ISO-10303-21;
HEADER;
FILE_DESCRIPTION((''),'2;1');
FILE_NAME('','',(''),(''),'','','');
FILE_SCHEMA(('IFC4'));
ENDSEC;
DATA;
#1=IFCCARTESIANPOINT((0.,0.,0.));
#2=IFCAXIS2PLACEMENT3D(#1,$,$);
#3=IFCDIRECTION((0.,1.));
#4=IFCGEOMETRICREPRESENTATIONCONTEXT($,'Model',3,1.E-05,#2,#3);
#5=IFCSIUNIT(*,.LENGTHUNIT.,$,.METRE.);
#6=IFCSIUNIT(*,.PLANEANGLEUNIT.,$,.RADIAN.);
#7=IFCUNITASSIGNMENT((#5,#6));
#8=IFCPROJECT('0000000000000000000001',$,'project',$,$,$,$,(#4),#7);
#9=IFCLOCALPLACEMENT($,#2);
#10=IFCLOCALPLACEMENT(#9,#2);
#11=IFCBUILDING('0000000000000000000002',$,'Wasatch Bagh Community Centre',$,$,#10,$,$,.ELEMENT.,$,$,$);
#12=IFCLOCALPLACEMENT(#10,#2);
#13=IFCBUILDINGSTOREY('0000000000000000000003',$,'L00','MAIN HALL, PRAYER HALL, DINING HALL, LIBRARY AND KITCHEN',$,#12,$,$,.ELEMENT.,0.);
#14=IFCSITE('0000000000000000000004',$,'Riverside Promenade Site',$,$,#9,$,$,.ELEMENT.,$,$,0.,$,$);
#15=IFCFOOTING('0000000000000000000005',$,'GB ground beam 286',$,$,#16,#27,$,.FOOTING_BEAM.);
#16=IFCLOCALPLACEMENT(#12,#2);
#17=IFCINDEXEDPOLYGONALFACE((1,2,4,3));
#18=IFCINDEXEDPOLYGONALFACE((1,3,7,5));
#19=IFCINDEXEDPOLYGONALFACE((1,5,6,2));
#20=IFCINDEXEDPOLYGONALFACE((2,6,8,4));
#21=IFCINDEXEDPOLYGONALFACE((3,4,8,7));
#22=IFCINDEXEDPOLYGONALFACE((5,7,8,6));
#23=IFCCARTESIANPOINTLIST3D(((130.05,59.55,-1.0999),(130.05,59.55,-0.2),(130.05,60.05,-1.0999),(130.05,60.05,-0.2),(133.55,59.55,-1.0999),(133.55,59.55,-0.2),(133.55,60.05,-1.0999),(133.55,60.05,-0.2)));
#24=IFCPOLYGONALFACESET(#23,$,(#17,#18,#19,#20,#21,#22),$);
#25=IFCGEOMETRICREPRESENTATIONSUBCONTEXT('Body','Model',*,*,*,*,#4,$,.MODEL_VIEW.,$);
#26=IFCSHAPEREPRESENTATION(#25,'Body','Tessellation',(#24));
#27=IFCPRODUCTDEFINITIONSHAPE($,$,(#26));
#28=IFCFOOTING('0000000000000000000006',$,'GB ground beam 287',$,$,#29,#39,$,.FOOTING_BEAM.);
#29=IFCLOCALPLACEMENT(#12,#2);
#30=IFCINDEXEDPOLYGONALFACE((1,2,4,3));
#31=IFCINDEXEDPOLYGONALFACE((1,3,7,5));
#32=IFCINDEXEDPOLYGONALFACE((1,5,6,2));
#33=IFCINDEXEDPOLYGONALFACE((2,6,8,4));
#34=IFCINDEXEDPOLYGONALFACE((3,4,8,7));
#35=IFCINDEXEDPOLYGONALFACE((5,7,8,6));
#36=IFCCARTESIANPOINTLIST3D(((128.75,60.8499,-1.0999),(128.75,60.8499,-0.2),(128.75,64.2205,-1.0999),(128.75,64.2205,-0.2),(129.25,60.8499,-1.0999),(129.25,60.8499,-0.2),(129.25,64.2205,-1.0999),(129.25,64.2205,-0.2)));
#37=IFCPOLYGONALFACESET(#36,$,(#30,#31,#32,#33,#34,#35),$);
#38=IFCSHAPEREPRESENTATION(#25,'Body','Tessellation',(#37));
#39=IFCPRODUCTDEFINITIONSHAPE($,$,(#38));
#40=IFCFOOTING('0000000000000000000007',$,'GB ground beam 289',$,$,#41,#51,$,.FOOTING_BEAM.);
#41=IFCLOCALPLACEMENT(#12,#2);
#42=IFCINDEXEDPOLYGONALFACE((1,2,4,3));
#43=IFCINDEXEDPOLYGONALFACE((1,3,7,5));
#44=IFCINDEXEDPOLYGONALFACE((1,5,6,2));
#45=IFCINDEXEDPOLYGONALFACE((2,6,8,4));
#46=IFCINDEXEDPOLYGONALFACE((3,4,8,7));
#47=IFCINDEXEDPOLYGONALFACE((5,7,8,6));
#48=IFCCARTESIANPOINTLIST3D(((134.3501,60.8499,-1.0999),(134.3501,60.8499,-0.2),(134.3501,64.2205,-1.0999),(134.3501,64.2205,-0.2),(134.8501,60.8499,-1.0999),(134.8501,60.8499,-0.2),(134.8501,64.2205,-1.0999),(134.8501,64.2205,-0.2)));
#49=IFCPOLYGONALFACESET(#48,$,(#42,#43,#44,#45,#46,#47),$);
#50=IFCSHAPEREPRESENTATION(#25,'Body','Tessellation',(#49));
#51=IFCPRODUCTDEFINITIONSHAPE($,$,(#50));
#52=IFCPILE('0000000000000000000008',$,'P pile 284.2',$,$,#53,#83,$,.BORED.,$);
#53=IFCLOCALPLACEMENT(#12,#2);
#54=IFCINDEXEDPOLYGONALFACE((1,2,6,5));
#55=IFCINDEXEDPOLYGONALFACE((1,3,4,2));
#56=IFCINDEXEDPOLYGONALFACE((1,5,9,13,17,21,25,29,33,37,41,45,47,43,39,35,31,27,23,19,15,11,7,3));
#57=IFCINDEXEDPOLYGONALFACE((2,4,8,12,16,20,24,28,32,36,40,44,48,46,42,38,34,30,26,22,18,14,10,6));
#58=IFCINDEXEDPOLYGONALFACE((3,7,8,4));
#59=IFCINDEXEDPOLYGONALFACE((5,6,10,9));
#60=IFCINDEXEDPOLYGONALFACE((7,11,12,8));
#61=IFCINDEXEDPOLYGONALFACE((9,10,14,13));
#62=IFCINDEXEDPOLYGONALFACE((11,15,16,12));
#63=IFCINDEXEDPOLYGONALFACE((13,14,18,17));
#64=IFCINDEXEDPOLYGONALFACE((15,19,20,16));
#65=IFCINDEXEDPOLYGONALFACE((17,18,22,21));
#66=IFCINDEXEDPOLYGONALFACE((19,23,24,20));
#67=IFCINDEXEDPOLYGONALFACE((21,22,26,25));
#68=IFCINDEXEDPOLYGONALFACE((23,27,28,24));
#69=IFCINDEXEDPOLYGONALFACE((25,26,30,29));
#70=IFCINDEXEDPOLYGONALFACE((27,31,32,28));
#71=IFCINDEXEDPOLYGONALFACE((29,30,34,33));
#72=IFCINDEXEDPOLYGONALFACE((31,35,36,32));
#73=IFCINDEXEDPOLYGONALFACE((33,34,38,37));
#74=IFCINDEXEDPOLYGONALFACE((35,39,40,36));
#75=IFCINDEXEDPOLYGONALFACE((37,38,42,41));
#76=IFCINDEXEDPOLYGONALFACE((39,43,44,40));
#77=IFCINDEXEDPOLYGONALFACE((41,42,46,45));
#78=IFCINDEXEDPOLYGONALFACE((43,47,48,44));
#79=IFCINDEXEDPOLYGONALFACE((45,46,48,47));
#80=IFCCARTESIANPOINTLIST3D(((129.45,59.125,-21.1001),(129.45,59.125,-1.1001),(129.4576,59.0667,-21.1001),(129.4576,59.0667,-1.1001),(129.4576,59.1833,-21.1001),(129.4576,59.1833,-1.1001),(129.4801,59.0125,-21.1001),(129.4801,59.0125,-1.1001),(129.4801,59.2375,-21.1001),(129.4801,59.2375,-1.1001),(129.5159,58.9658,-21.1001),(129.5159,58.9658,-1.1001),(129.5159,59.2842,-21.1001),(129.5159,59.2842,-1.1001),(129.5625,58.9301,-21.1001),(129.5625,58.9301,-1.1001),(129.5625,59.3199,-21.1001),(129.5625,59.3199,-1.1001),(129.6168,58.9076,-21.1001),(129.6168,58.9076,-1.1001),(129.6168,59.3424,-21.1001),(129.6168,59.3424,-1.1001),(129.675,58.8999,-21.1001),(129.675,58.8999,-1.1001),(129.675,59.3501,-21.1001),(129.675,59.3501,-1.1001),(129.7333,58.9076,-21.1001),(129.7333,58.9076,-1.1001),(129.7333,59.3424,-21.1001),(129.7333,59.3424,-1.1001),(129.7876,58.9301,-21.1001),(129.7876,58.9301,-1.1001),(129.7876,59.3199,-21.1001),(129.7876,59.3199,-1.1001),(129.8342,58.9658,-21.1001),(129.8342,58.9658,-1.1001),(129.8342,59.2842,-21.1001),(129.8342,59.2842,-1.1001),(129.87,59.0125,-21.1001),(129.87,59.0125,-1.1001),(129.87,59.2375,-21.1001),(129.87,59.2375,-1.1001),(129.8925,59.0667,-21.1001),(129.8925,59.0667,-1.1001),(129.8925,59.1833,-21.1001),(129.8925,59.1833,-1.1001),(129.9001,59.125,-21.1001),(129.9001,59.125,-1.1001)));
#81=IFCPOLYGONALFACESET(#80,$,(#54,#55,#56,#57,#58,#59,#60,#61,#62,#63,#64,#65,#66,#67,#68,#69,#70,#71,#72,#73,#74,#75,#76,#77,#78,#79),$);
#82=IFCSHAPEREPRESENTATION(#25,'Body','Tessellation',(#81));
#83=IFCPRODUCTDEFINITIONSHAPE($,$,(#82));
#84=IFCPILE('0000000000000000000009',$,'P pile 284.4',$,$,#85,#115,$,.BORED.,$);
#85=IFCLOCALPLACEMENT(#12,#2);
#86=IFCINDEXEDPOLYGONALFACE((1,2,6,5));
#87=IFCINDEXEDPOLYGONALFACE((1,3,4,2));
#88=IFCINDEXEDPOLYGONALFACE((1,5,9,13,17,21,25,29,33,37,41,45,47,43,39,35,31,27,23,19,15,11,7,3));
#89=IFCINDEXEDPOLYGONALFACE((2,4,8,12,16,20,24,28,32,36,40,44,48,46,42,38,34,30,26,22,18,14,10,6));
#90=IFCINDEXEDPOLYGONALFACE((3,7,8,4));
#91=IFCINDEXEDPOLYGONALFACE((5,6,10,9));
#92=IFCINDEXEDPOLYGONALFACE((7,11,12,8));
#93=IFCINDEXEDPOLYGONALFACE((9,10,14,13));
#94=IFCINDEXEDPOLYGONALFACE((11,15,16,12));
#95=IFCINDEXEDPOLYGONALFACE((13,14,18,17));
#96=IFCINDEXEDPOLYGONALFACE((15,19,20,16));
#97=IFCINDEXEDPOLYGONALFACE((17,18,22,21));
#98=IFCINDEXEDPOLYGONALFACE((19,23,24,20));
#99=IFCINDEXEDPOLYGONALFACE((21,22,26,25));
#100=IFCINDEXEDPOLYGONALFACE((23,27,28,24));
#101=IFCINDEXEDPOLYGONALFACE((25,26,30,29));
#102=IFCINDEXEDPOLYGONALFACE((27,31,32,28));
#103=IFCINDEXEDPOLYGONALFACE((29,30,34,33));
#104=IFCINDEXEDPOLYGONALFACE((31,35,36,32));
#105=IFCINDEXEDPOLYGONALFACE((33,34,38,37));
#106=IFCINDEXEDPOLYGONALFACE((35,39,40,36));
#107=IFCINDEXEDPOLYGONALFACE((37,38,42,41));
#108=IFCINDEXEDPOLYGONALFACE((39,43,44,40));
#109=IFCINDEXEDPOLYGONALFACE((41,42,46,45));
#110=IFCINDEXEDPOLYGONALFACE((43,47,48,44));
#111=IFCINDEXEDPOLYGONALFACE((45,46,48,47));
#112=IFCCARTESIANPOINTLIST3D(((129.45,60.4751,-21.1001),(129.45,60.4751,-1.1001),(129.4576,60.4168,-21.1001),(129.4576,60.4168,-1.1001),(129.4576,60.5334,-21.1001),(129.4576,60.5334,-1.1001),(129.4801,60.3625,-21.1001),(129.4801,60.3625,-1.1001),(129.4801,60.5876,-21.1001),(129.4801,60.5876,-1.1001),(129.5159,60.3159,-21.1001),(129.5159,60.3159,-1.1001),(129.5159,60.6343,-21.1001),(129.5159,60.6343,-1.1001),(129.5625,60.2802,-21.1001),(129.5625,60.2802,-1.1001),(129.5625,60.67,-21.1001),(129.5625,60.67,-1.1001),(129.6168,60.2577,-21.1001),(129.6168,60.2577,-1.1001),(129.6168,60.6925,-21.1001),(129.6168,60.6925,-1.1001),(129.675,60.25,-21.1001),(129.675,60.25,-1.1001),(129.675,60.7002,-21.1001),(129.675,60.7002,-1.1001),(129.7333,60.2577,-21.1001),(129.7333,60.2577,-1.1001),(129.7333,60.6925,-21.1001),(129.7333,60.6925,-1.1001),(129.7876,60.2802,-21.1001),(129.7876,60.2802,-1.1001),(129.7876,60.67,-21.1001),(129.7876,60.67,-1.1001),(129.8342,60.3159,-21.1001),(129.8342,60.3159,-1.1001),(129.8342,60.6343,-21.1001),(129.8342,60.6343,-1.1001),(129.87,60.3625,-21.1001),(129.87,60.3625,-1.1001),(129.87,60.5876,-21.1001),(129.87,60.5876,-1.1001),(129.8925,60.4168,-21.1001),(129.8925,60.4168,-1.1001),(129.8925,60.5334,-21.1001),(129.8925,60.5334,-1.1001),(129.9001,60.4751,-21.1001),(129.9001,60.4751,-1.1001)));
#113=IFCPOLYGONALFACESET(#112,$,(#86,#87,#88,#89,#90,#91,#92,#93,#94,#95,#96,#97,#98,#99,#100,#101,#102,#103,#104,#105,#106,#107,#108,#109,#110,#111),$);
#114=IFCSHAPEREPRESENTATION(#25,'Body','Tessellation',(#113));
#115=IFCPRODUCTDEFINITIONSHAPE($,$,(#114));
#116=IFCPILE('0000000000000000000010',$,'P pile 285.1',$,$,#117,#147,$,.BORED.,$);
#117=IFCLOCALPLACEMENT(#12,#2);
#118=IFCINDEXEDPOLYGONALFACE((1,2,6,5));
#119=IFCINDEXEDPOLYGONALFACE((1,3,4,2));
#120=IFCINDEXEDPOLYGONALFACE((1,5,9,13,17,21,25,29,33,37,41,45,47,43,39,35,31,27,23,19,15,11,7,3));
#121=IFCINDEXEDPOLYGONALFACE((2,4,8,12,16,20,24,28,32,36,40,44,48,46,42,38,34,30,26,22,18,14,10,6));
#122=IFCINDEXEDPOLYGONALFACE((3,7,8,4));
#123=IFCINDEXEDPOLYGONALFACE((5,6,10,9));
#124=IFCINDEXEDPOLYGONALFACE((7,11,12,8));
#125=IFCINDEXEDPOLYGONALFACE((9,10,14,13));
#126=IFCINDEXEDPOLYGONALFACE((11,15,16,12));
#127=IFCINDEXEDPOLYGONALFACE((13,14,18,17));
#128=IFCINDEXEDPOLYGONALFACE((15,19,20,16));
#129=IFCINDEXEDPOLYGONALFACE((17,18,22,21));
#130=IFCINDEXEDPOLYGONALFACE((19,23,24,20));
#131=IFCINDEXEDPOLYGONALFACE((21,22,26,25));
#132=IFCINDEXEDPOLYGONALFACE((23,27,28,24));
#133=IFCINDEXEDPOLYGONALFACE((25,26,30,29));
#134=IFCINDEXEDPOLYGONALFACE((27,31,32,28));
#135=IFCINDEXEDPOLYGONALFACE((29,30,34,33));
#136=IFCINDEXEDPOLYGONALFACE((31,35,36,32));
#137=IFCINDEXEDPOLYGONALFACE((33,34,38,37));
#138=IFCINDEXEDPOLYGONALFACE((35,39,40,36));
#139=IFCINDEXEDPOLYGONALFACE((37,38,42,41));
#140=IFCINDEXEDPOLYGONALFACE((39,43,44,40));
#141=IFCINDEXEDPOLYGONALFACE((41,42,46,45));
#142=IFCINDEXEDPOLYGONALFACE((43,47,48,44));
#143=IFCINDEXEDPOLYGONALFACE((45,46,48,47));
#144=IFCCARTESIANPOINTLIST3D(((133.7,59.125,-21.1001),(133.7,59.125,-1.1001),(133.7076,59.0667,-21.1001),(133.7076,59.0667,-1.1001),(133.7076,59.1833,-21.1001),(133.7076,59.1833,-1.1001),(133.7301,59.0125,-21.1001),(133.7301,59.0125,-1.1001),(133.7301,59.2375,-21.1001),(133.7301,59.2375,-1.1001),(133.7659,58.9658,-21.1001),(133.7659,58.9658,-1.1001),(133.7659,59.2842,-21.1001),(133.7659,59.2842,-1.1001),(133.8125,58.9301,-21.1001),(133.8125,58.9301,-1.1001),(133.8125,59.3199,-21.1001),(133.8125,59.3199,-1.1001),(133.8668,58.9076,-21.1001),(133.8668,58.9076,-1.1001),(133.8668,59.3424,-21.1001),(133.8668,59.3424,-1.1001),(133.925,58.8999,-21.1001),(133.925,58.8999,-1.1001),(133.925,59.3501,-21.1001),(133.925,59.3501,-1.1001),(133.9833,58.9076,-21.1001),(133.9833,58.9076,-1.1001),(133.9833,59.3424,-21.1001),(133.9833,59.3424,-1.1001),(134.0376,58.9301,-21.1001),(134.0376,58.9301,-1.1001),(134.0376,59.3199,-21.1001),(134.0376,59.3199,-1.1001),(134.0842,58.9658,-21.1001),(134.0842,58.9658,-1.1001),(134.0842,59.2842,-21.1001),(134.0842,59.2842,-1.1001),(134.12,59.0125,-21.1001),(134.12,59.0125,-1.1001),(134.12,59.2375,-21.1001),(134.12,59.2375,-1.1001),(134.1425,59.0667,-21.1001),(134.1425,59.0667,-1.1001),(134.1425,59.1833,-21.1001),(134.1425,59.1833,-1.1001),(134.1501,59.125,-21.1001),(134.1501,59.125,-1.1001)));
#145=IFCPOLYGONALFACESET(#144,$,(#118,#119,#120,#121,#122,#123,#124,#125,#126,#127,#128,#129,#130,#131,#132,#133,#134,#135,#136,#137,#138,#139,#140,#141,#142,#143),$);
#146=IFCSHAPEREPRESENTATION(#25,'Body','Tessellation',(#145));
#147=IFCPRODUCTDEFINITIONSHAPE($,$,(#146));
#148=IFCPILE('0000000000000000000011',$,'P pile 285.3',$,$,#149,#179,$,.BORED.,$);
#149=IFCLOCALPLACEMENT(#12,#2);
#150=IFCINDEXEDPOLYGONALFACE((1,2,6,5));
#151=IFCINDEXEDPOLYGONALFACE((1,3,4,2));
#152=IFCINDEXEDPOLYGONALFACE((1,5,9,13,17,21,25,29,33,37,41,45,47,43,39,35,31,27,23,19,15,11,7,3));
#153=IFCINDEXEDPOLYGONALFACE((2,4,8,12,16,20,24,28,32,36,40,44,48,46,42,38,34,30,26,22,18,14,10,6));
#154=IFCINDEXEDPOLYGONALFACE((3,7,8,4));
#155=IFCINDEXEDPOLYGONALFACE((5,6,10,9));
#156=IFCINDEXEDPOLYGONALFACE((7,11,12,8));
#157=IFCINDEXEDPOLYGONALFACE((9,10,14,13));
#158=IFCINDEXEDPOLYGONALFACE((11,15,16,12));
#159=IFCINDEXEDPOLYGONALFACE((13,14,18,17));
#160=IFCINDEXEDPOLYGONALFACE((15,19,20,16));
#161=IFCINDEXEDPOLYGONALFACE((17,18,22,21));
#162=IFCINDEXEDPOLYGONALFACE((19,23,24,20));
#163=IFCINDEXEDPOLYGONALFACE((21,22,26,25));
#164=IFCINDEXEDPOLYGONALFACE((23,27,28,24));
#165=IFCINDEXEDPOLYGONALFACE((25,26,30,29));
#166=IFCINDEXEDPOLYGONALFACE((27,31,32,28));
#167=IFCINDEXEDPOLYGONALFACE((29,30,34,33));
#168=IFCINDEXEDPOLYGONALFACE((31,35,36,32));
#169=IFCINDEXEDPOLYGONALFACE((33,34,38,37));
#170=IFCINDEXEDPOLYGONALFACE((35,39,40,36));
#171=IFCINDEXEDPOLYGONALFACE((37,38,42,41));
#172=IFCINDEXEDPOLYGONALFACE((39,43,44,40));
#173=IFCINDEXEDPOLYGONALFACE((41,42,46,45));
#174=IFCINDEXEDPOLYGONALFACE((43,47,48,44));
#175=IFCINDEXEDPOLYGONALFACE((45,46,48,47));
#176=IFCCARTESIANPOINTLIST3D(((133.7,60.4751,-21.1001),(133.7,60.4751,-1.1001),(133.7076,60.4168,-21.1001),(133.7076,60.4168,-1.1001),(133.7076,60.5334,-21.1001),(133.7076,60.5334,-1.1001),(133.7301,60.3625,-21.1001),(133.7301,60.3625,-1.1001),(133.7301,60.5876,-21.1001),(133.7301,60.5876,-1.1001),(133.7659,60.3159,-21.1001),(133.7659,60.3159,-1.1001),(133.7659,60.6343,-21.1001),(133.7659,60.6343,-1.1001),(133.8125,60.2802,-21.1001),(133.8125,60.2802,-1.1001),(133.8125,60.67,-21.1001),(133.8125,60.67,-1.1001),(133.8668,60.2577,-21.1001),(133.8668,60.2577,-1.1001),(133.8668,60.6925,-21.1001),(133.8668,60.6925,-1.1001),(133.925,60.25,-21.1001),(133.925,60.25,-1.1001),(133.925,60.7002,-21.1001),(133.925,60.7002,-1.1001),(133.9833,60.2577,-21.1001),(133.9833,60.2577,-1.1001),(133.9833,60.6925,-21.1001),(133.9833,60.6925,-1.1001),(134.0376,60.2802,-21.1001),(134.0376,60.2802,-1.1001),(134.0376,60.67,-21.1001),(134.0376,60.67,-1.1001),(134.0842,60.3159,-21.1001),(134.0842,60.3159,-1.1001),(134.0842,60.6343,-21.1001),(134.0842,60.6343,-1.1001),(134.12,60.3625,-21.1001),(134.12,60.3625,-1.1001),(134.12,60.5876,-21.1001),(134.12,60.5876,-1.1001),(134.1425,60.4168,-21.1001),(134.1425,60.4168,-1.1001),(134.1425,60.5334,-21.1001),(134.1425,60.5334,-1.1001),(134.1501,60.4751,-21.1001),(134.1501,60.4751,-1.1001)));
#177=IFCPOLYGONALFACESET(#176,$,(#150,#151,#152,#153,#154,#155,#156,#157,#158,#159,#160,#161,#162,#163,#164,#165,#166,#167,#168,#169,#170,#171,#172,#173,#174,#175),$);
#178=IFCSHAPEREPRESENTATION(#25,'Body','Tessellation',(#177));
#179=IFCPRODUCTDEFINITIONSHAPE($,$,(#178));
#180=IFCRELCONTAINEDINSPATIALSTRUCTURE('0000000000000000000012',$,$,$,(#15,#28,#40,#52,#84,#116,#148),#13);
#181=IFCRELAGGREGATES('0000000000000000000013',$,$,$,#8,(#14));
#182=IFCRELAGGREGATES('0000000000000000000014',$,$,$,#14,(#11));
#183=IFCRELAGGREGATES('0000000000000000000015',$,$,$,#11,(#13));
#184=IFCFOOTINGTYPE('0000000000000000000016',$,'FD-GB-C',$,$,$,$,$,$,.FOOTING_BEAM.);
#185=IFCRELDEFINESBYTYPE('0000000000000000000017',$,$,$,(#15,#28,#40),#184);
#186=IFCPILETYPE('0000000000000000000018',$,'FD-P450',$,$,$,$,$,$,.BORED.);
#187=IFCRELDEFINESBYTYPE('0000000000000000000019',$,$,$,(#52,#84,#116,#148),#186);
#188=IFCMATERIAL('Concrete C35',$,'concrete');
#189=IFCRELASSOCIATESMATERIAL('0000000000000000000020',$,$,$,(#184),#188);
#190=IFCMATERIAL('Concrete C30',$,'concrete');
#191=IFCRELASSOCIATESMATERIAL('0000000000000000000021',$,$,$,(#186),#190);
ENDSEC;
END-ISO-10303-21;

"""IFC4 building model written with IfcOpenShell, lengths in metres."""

from ifc_helpers import new_model, si_unit, direction, frame, origin, origin_2d, place, context, subcontext, project, spatial, rectangle, circle, extrude, material, material_profile, profile_set, type_object, element, save


model = new_model("IFC4")

# Units and contexts
model_context = context("Model", 3, precision=1e-05, world=origin(), true_north=direction((0.0, 1.0)))
body_context = subcontext(model_context, "Body", "Model", "MODEL_VIEW")
ifc_project = project(units=[si_unit("LENGTHUNIT", "METRE"), si_unit("PLANEANGLEUNIT", "RADIAN")], contexts=[model_context])

# Site, building, storey
site_placement = place(None, origin())
site = spatial("IfcSite", under=ifc_project, at=site_placement, Name="Riverside Promenade Site", CompositionType="ELEMENT", RefElevation=0.0)
building_placement = place(site_placement, origin())
building = spatial("IfcBuilding", under=site, at=building_placement, Name="Wasatch Bagh Community Centre", CompositionType="ELEMENT")
storey_placement = place(building_placement, origin())
storey = spatial("IfcBuildingStorey", under=building, at=storey_placement, Name="L00", Description="MAIN HALL, PRAYER HALL, DINING HALL, LIBRARY AND KITCHEN", CompositionType="ELEMENT", Elevation=0.0)

# Footings
ifc_material_1 = material(Name="Concrete C35", Category="concrete")
footing_type_1 = type_object("IfcFootingType", Name="FD-GB-C", PredefinedType="FOOTING_BEAM", material=ifc_material_1)
footing_placement = place(storey_placement, frame((131.8, 59.8, -1.0999), z_axis=(0.0, 0.0, 1.0), x_axis=(1.0, 0.0, 0.0)))
element("IfcFooting", 1, at=footing_placement, inside=storey, type_object=footing_type_1, Name="GB ground beam 286", PredefinedType="FOOTING_BEAM", context=body_context, shape_type="SweptSolid", body=[
    extrude(rectangle(XDim=3.5, YDim=0.5, at=origin_2d()), origin(), (0.0, 0.0, 1.0), 0.8999),
])
for number, where, z_axis, x_axis, name in (
    (2, (129.0, 62.5352, -1.0999), (0.0, 0.0, 1.0), (0.0, 1.0, 0.0), "GB ground beam 287"),
    (3, (134.6001, 62.5352, -1.0999), (0.0, 0.0, 1.0), (0.0, 1.0, 0.0), "GB ground beam 289"),
):
    element("IfcFooting", number, at=place(storey_placement, frame(where, z_axis=z_axis, x_axis=x_axis)), inside=storey, type_object=footing_type_1, Name=name, PredefinedType="FOOTING_BEAM", context=body_context, shape_type="SweptSolid", body=[
        extrude(rectangle(XDim=3.3706, YDim=0.5, at=origin_2d()), origin(), (0.0, 0.0, 1.0), 0.8999),
    ])

# Piles
ifc_material_2 = material(Name="Concrete C30", Category="concrete")
ifc_material_profile_1 = material_profile(ifc_material_2, circle(Radius=0.2251, at=origin_2d()), Name="RC D450")
ifc_profile_set_1 = profile_set([ifc_material_profile_1], Name="Concrete C30")
pile_type_1 = type_object("IfcPileType", Name="FD-P450", PredefinedType="BORED", material=ifc_profile_set_1)
for number, where, z_axis, x_axis, name in (
    (4, (129.675, 59.125, -1.1001), (0.0, 0.0, -1.0), (1.0, 0.0, 0.0), "P pile 284.2"),
    (5, (129.675, 60.4751, -1.1001), (0.0, 0.0, -1.0), (1.0, 0.0, 0.0), "P pile 284.4"),
    (6, (133.925, 59.125, -1.1001), (0.0, 0.0, -1.0), (1.0, 0.0, 0.0), "P pile 285.1"),
    (7, (133.925, 60.4751, -1.1001), (0.0, 0.0, -1.0), (1.0, 0.0, 0.0), "P pile 285.3"),
):
    element("IfcPile", number, at=place(storey_placement, frame(where, z_axis=z_axis, x_axis=x_axis)), inside=storey, type_object=pile_type_1, Name=name, PredefinedType="BORED", context=body_context, shape_type="SweptSolid", body=[
        extrude(circle(Radius=0.2251, at=origin_2d()), origin(), (0.0, 0.0, 1.0), 20.0),
    ])

save(model, "model.ifc")
